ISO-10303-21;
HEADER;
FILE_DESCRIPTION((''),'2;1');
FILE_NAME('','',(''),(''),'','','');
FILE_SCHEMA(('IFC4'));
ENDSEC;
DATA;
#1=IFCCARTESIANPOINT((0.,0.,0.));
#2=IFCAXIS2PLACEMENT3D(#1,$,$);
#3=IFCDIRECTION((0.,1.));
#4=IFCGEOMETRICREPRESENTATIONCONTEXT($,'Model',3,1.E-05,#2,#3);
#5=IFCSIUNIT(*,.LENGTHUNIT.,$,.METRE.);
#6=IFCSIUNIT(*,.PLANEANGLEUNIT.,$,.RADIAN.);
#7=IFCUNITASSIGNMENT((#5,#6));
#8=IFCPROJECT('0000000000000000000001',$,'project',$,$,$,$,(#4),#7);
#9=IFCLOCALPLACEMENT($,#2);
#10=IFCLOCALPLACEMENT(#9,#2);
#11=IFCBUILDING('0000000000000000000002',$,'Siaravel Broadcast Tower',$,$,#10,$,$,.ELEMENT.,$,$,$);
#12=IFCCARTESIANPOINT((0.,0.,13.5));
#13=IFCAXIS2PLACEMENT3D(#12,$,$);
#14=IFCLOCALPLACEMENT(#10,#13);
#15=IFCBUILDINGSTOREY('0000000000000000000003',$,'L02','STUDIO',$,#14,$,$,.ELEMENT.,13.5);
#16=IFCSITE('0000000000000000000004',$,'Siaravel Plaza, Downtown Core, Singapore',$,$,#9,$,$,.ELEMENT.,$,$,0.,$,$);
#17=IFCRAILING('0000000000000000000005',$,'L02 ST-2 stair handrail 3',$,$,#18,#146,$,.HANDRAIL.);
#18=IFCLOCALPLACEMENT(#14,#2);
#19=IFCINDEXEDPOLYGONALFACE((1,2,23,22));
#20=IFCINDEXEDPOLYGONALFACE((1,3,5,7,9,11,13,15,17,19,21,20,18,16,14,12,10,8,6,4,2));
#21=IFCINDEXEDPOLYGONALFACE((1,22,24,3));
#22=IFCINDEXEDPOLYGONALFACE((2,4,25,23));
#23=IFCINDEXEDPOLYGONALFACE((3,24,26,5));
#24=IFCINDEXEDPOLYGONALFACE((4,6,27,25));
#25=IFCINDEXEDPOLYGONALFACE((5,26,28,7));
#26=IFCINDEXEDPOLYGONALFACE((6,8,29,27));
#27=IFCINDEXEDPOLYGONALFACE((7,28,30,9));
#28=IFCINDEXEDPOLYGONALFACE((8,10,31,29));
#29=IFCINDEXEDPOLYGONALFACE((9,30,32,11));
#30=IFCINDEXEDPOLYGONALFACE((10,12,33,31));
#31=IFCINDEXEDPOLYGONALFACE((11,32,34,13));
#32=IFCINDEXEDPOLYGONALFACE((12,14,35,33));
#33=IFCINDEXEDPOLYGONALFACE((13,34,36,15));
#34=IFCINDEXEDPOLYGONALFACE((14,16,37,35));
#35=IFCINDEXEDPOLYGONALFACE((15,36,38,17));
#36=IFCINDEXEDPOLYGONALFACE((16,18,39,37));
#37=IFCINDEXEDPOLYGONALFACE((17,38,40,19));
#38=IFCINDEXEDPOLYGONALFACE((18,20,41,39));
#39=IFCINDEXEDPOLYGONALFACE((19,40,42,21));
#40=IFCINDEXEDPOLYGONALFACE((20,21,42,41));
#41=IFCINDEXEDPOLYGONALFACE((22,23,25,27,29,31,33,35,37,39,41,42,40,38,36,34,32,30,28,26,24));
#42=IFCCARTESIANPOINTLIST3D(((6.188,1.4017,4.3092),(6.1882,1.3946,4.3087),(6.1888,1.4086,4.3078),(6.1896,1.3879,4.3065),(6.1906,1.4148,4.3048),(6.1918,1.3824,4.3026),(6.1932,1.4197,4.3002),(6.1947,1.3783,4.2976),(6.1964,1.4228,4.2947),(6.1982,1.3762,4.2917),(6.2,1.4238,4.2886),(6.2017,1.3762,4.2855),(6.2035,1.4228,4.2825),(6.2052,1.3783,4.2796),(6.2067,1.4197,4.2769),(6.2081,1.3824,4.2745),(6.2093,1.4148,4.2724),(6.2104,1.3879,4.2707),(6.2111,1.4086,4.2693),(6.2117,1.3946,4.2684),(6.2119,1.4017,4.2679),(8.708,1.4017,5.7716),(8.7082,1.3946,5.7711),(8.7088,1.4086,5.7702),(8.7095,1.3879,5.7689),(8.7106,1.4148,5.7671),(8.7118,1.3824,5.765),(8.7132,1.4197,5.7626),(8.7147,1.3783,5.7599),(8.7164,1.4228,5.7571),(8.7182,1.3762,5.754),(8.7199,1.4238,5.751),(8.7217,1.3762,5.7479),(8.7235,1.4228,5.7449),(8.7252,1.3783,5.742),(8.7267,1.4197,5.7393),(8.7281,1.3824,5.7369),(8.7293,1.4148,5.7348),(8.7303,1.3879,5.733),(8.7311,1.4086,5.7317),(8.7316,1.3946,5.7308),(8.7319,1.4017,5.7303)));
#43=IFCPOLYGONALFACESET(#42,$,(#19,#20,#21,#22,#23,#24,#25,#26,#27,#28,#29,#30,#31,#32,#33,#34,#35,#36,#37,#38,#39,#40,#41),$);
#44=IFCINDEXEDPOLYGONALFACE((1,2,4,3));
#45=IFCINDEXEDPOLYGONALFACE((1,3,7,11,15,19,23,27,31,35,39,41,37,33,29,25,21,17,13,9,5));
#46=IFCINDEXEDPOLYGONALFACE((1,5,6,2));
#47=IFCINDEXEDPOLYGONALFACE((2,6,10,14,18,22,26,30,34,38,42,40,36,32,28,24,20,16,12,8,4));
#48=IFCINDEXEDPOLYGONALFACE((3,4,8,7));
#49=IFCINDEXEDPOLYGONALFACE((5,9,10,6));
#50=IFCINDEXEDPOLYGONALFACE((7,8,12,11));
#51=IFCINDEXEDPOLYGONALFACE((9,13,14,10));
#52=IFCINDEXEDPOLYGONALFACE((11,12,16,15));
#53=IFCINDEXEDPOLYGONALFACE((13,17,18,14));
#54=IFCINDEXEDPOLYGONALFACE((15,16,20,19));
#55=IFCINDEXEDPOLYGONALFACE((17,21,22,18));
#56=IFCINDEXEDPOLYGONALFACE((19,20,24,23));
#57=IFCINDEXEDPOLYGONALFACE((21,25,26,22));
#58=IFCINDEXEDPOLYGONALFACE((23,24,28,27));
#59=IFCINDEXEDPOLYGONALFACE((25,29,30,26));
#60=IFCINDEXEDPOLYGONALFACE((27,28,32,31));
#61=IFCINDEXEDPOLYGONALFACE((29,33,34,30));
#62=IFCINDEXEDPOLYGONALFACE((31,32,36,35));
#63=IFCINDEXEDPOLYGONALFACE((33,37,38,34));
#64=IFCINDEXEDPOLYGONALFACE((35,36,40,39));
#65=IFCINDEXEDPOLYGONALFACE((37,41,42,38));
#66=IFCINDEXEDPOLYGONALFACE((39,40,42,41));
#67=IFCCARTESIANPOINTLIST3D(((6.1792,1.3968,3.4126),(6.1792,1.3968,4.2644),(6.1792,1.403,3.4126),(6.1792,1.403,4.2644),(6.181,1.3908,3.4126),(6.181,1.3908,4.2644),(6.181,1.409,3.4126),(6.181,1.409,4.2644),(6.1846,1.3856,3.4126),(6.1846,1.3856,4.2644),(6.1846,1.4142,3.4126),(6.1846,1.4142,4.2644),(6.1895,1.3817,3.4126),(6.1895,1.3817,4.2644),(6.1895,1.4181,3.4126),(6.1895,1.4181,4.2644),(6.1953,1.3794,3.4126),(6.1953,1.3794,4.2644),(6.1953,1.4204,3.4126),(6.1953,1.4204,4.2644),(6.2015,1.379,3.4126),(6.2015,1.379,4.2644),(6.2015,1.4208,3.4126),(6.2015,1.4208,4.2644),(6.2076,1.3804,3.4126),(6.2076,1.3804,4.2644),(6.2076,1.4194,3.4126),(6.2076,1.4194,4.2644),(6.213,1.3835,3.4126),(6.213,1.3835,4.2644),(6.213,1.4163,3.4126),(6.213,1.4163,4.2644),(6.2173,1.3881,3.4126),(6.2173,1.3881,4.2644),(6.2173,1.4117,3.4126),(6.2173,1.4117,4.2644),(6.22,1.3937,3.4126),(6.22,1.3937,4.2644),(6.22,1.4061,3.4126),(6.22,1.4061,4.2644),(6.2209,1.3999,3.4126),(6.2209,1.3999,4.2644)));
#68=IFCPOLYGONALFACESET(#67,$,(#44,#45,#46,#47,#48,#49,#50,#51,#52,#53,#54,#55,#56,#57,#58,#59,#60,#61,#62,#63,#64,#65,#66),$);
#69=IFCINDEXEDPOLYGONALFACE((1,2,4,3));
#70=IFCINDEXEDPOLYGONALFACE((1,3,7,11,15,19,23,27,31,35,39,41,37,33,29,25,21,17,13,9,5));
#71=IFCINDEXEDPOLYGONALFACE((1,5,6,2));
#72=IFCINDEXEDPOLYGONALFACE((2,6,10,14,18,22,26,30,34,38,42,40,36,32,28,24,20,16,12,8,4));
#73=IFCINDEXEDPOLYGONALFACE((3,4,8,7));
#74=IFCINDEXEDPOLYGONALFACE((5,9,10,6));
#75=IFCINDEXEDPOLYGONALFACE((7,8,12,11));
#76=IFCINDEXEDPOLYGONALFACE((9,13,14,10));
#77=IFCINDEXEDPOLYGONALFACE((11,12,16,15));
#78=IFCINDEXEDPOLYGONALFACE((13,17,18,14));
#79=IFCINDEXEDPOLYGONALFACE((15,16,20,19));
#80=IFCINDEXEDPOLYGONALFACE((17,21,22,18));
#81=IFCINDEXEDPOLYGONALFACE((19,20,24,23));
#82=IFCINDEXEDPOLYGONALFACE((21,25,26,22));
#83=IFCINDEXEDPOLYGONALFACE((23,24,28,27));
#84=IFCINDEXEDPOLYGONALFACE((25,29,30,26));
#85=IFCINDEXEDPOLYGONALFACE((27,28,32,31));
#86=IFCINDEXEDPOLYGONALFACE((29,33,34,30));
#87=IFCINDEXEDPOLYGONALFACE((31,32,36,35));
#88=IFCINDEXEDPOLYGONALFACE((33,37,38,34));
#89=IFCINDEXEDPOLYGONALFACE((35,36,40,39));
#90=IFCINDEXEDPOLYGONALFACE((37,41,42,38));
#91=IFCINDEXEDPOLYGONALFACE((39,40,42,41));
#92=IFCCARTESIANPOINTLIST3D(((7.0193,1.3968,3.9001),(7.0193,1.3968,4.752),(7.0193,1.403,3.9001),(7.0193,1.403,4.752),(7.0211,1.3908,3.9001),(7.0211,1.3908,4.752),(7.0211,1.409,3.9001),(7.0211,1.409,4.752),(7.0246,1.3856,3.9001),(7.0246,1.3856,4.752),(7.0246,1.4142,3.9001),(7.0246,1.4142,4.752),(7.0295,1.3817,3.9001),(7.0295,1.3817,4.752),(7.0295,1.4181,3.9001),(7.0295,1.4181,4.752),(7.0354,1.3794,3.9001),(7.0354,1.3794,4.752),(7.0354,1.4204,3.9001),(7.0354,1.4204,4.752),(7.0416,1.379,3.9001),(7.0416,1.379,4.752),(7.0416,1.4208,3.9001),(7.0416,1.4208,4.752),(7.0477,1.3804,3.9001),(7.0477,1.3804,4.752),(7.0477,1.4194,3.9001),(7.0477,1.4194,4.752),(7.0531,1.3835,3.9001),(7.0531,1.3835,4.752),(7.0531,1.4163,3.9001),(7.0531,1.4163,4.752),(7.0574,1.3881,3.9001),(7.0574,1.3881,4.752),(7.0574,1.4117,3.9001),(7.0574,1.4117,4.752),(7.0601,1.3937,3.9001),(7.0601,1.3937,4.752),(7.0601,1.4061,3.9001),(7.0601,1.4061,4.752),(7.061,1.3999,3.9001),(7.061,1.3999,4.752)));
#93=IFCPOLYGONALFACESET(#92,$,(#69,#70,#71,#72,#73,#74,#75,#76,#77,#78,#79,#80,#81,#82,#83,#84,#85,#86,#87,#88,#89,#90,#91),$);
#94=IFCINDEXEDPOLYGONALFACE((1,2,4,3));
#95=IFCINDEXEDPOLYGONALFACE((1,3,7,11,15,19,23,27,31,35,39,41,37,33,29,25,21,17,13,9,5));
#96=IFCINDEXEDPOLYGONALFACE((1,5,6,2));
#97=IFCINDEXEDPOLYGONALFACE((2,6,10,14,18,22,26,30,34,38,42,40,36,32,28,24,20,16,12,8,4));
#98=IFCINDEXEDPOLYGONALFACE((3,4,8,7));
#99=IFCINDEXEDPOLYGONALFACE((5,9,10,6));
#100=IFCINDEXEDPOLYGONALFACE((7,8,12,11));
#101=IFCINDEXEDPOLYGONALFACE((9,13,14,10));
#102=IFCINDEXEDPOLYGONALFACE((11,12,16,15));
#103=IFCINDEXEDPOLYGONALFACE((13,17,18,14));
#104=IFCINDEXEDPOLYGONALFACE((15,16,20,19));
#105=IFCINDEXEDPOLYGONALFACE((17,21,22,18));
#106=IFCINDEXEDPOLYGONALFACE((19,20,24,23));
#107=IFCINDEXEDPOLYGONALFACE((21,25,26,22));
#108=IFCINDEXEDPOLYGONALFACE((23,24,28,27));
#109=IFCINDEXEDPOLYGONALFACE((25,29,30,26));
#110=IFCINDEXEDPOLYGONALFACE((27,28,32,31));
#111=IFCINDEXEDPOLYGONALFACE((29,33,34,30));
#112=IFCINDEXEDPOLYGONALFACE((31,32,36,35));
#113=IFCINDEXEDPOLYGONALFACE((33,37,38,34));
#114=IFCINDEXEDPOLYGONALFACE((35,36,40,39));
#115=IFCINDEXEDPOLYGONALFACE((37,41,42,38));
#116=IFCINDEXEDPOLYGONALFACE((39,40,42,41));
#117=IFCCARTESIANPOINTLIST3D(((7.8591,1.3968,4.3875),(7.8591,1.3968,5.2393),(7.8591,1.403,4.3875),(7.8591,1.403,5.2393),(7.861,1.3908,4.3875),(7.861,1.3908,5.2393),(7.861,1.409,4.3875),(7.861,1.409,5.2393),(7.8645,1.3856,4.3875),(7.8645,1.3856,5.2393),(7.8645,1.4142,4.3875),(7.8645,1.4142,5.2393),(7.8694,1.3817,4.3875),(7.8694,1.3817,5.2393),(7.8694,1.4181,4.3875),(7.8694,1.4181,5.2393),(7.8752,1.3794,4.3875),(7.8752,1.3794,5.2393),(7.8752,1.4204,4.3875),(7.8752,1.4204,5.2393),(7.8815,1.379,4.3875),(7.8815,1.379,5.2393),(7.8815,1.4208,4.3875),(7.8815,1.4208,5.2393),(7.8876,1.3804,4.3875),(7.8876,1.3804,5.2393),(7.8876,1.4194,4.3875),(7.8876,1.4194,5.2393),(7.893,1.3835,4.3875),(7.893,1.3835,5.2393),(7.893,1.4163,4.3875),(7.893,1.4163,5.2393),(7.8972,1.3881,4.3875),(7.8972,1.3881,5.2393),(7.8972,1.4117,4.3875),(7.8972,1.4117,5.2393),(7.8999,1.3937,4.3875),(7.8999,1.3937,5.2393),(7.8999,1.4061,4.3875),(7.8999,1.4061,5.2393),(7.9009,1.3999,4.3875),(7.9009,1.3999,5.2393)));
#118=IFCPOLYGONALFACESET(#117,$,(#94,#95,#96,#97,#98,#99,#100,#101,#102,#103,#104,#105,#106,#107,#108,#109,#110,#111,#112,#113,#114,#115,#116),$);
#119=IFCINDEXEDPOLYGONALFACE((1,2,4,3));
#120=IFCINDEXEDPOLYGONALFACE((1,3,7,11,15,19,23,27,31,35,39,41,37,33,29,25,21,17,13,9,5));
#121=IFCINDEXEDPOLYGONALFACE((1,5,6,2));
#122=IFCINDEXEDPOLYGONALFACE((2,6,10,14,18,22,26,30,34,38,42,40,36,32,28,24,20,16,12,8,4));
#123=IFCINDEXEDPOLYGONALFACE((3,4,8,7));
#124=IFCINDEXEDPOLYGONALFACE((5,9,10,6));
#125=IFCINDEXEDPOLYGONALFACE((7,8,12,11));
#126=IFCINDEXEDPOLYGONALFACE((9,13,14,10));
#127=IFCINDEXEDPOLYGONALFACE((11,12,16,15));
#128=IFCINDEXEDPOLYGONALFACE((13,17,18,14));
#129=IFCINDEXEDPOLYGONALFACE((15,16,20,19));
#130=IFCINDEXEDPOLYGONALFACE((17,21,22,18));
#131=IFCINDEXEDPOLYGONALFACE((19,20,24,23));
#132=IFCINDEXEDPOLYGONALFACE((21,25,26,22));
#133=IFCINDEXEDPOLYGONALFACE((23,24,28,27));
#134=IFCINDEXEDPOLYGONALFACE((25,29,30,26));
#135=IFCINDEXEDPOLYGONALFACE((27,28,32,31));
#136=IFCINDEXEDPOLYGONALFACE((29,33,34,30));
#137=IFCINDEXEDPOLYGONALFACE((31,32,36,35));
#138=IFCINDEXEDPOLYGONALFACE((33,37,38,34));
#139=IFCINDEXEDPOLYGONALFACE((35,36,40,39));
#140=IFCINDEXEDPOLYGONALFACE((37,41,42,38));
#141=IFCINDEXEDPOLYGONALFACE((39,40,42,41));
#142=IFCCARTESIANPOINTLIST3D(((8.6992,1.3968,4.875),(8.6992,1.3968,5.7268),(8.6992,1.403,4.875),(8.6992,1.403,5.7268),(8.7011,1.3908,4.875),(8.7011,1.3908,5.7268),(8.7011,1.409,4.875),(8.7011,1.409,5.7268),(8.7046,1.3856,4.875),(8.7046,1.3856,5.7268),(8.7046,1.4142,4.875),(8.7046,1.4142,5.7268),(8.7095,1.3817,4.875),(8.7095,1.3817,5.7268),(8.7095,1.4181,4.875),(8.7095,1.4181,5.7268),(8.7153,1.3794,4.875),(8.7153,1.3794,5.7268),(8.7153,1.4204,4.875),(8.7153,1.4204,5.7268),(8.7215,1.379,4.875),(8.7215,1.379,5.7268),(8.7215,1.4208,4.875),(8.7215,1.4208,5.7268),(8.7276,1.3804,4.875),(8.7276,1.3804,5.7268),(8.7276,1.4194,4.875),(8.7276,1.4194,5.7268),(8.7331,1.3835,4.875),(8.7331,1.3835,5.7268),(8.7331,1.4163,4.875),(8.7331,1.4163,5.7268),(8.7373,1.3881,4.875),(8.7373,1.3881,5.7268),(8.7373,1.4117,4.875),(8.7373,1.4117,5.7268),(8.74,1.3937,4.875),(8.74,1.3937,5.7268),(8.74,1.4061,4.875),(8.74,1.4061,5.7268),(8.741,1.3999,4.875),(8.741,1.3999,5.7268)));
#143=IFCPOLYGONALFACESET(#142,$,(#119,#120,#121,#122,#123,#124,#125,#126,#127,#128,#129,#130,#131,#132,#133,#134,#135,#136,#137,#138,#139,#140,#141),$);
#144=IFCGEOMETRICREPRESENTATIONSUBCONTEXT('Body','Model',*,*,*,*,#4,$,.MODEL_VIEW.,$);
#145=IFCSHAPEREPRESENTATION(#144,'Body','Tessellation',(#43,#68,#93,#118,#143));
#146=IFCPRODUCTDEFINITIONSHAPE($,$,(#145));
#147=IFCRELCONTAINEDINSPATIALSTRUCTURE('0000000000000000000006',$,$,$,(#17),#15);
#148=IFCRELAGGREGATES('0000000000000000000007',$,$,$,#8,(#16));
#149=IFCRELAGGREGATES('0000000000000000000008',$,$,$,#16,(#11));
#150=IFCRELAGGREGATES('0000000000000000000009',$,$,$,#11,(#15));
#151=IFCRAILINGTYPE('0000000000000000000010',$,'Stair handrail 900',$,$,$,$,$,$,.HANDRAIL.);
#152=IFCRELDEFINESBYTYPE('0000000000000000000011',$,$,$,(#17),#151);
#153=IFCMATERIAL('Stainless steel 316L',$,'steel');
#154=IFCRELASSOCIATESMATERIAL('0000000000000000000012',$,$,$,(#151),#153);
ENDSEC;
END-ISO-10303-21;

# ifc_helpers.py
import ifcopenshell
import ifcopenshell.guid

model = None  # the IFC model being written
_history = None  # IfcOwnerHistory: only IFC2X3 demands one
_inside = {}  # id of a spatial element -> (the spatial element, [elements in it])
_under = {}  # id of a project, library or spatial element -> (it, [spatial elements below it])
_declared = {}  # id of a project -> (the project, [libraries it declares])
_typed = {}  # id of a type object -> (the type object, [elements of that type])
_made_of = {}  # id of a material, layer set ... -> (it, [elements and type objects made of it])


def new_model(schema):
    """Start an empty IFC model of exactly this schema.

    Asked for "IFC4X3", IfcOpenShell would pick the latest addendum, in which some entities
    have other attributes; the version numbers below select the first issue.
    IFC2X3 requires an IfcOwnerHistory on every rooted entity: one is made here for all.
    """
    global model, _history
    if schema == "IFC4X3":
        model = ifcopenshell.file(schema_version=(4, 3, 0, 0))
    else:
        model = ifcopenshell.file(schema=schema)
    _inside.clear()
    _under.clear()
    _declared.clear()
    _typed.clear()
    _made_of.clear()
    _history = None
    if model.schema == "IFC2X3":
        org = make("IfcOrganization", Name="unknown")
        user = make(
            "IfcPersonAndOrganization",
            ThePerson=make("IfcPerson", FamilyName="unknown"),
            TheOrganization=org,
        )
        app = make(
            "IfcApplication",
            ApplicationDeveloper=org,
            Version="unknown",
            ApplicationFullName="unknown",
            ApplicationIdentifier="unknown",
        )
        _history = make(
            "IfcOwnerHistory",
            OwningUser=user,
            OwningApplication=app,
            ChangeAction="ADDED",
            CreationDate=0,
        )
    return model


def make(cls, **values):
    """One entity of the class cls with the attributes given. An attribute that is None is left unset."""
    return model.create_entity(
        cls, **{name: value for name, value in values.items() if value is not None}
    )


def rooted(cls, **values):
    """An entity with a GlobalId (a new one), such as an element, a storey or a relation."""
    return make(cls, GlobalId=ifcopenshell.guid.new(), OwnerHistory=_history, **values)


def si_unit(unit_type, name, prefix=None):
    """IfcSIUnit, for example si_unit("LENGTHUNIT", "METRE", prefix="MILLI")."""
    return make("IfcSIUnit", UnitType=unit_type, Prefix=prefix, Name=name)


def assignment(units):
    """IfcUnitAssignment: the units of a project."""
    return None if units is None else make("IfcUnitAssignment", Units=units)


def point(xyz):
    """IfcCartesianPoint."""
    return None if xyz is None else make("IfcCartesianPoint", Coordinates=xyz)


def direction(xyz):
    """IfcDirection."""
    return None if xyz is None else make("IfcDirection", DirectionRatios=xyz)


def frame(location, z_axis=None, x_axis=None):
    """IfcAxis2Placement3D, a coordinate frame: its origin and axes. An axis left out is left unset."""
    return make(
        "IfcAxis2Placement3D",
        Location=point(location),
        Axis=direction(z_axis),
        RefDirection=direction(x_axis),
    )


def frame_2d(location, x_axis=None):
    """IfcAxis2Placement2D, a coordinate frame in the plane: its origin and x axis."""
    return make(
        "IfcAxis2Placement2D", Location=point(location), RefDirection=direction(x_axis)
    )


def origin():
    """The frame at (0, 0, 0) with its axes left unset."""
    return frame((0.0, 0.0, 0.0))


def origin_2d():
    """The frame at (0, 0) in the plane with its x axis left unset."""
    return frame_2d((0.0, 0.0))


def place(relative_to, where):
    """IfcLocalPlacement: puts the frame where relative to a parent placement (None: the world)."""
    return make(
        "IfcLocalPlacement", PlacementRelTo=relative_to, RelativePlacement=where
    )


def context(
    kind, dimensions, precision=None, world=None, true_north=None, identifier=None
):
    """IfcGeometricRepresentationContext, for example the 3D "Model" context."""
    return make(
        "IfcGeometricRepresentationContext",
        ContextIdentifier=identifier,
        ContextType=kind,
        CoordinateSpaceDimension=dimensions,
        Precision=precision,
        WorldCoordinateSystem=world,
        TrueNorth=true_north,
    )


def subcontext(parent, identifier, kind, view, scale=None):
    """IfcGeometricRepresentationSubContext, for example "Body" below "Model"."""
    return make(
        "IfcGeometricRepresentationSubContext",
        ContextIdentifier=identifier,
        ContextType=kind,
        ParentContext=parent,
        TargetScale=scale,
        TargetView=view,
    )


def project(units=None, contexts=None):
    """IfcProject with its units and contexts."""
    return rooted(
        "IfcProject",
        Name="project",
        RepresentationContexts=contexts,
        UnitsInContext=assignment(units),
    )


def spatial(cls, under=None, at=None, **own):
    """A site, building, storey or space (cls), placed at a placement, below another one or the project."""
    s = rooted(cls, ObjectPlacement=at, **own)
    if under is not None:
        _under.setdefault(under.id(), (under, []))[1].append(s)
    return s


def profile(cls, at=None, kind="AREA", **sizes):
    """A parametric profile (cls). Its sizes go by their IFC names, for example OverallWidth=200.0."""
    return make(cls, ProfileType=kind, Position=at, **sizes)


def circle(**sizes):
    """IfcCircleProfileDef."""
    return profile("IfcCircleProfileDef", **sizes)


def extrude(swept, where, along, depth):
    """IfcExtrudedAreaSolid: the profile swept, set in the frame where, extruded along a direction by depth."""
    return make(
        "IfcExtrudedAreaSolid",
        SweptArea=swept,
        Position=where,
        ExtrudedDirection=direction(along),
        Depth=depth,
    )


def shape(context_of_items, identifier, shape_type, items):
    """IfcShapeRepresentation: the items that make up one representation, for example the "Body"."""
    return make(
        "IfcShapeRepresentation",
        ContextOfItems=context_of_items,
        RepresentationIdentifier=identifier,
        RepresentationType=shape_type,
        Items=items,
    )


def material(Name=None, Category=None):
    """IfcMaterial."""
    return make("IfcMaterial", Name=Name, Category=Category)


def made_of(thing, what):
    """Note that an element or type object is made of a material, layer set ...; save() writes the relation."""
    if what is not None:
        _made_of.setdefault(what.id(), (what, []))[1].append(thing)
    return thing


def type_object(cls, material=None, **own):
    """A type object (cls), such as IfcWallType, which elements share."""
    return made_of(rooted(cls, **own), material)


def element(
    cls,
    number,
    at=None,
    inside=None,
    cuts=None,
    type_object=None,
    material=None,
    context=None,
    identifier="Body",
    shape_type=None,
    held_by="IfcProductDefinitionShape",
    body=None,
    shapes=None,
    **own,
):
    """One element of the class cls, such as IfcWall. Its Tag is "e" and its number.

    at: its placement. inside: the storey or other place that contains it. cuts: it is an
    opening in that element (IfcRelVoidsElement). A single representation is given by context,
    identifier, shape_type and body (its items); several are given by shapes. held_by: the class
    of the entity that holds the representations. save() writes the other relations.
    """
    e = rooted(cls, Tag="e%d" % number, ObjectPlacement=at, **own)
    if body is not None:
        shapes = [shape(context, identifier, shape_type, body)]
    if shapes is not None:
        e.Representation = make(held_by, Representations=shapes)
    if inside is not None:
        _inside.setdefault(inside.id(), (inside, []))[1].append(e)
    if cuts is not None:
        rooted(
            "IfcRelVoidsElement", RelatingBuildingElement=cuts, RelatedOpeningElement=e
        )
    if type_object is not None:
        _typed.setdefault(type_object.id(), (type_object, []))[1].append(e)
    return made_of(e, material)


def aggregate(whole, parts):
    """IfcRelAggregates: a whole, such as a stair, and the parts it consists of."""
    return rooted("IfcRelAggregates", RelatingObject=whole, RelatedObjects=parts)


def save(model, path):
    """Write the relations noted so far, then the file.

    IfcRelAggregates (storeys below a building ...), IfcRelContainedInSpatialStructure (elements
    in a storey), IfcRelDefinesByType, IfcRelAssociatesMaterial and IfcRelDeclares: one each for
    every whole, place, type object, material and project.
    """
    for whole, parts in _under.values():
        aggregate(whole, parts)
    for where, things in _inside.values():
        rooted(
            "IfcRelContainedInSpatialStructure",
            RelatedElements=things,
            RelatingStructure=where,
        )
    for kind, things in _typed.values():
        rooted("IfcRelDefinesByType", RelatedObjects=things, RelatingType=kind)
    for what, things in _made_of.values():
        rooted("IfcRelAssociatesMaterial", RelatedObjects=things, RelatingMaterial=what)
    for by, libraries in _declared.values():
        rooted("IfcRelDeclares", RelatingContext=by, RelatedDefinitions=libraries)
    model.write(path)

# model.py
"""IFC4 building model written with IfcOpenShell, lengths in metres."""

from ifc_helpers import new_model, si_unit, direction, frame, origin, origin_2d, place, context, subcontext, project, spatial, circle, extrude, material, type_object, element, save


model = new_model("IFC4")

# Units and contexts
model_context = context("Model", 3, precision=1e-05, world=origin(), true_north=direction((0.0, 1.0)))
body_context = subcontext(model_context, "Body", "Model", "MODEL_VIEW")
ifc_project = project(units=[si_unit("LENGTHUNIT", "METRE"), si_unit("PLANEANGLEUNIT", "RADIAN")], contexts=[model_context])

# Site, building, storey
site_placement = place(None, origin())
site = spatial("IfcSite", under=ifc_project, at=site_placement, Name="Siaravel Plaza, Downtown Core, Singapore", CompositionType="ELEMENT", RefElevation=0.0)
building_placement = place(site_placement, origin())
building = spatial("IfcBuilding", under=site, at=building_placement, Name="Siaravel Broadcast Tower", CompositionType="ELEMENT")
storey_placement = place(building_placement, frame((0.0, 0.0, 13.5)))
storey = spatial("IfcBuildingStorey", under=building, at=storey_placement, Name="L02", Description="STUDIO", CompositionType="ELEMENT", Elevation=13.5)

# Railing
ifc_material_1 = material(Name="Stainless steel 316L", Category="steel")
railing_type_1 = type_object("IfcRailingType", Name="Stair handrail 900", PredefinedType="HANDRAIL", material=ifc_material_1)
for number, where, name in (
    (1, (6.2, 1.3999, 3.4126), "L02 ST-2 stair handrail 3"),
):
    element("IfcRailing", number, at=place(storey_placement, frame(where)), inside=storey, type_object=railing_type_1, Name=name, PredefinedType="HANDRAIL", context=body_context, shape_type="SweptSolid", body=[
        extrude(circle(Radius=0.0239, at=origin_2d()), frame((0.0, 0.0, 0.876), z_axis=(0.864913, 0.0, 0.501921), x_axis=(0.0, 1.0, 0.0)), (0.0, 0.0, 1.0), 2.9136),
        extrude(circle(Radius=0.021, at=origin_2d()), origin(), (0.0, 0.0, 1.0), 0.8518),
        extrude(circle(Radius=0.021, at=origin_2d()), frame((0.8401, 0.0, 0.4875)), (0.0, 0.0, 1.0), 0.8518),
        extrude(circle(Radius=0.021, at=origin_2d()), frame((1.6799, 0.0, 0.9749)), (0.0, 0.0, 1.0), 0.8518),
        extrude(circle(Radius=0.021, at=origin_2d()), frame((2.52, 0.0, 1.4624)), (0.0, 0.0, 1.0), 0.8518),
    ])

save(model, "model.ifc")
